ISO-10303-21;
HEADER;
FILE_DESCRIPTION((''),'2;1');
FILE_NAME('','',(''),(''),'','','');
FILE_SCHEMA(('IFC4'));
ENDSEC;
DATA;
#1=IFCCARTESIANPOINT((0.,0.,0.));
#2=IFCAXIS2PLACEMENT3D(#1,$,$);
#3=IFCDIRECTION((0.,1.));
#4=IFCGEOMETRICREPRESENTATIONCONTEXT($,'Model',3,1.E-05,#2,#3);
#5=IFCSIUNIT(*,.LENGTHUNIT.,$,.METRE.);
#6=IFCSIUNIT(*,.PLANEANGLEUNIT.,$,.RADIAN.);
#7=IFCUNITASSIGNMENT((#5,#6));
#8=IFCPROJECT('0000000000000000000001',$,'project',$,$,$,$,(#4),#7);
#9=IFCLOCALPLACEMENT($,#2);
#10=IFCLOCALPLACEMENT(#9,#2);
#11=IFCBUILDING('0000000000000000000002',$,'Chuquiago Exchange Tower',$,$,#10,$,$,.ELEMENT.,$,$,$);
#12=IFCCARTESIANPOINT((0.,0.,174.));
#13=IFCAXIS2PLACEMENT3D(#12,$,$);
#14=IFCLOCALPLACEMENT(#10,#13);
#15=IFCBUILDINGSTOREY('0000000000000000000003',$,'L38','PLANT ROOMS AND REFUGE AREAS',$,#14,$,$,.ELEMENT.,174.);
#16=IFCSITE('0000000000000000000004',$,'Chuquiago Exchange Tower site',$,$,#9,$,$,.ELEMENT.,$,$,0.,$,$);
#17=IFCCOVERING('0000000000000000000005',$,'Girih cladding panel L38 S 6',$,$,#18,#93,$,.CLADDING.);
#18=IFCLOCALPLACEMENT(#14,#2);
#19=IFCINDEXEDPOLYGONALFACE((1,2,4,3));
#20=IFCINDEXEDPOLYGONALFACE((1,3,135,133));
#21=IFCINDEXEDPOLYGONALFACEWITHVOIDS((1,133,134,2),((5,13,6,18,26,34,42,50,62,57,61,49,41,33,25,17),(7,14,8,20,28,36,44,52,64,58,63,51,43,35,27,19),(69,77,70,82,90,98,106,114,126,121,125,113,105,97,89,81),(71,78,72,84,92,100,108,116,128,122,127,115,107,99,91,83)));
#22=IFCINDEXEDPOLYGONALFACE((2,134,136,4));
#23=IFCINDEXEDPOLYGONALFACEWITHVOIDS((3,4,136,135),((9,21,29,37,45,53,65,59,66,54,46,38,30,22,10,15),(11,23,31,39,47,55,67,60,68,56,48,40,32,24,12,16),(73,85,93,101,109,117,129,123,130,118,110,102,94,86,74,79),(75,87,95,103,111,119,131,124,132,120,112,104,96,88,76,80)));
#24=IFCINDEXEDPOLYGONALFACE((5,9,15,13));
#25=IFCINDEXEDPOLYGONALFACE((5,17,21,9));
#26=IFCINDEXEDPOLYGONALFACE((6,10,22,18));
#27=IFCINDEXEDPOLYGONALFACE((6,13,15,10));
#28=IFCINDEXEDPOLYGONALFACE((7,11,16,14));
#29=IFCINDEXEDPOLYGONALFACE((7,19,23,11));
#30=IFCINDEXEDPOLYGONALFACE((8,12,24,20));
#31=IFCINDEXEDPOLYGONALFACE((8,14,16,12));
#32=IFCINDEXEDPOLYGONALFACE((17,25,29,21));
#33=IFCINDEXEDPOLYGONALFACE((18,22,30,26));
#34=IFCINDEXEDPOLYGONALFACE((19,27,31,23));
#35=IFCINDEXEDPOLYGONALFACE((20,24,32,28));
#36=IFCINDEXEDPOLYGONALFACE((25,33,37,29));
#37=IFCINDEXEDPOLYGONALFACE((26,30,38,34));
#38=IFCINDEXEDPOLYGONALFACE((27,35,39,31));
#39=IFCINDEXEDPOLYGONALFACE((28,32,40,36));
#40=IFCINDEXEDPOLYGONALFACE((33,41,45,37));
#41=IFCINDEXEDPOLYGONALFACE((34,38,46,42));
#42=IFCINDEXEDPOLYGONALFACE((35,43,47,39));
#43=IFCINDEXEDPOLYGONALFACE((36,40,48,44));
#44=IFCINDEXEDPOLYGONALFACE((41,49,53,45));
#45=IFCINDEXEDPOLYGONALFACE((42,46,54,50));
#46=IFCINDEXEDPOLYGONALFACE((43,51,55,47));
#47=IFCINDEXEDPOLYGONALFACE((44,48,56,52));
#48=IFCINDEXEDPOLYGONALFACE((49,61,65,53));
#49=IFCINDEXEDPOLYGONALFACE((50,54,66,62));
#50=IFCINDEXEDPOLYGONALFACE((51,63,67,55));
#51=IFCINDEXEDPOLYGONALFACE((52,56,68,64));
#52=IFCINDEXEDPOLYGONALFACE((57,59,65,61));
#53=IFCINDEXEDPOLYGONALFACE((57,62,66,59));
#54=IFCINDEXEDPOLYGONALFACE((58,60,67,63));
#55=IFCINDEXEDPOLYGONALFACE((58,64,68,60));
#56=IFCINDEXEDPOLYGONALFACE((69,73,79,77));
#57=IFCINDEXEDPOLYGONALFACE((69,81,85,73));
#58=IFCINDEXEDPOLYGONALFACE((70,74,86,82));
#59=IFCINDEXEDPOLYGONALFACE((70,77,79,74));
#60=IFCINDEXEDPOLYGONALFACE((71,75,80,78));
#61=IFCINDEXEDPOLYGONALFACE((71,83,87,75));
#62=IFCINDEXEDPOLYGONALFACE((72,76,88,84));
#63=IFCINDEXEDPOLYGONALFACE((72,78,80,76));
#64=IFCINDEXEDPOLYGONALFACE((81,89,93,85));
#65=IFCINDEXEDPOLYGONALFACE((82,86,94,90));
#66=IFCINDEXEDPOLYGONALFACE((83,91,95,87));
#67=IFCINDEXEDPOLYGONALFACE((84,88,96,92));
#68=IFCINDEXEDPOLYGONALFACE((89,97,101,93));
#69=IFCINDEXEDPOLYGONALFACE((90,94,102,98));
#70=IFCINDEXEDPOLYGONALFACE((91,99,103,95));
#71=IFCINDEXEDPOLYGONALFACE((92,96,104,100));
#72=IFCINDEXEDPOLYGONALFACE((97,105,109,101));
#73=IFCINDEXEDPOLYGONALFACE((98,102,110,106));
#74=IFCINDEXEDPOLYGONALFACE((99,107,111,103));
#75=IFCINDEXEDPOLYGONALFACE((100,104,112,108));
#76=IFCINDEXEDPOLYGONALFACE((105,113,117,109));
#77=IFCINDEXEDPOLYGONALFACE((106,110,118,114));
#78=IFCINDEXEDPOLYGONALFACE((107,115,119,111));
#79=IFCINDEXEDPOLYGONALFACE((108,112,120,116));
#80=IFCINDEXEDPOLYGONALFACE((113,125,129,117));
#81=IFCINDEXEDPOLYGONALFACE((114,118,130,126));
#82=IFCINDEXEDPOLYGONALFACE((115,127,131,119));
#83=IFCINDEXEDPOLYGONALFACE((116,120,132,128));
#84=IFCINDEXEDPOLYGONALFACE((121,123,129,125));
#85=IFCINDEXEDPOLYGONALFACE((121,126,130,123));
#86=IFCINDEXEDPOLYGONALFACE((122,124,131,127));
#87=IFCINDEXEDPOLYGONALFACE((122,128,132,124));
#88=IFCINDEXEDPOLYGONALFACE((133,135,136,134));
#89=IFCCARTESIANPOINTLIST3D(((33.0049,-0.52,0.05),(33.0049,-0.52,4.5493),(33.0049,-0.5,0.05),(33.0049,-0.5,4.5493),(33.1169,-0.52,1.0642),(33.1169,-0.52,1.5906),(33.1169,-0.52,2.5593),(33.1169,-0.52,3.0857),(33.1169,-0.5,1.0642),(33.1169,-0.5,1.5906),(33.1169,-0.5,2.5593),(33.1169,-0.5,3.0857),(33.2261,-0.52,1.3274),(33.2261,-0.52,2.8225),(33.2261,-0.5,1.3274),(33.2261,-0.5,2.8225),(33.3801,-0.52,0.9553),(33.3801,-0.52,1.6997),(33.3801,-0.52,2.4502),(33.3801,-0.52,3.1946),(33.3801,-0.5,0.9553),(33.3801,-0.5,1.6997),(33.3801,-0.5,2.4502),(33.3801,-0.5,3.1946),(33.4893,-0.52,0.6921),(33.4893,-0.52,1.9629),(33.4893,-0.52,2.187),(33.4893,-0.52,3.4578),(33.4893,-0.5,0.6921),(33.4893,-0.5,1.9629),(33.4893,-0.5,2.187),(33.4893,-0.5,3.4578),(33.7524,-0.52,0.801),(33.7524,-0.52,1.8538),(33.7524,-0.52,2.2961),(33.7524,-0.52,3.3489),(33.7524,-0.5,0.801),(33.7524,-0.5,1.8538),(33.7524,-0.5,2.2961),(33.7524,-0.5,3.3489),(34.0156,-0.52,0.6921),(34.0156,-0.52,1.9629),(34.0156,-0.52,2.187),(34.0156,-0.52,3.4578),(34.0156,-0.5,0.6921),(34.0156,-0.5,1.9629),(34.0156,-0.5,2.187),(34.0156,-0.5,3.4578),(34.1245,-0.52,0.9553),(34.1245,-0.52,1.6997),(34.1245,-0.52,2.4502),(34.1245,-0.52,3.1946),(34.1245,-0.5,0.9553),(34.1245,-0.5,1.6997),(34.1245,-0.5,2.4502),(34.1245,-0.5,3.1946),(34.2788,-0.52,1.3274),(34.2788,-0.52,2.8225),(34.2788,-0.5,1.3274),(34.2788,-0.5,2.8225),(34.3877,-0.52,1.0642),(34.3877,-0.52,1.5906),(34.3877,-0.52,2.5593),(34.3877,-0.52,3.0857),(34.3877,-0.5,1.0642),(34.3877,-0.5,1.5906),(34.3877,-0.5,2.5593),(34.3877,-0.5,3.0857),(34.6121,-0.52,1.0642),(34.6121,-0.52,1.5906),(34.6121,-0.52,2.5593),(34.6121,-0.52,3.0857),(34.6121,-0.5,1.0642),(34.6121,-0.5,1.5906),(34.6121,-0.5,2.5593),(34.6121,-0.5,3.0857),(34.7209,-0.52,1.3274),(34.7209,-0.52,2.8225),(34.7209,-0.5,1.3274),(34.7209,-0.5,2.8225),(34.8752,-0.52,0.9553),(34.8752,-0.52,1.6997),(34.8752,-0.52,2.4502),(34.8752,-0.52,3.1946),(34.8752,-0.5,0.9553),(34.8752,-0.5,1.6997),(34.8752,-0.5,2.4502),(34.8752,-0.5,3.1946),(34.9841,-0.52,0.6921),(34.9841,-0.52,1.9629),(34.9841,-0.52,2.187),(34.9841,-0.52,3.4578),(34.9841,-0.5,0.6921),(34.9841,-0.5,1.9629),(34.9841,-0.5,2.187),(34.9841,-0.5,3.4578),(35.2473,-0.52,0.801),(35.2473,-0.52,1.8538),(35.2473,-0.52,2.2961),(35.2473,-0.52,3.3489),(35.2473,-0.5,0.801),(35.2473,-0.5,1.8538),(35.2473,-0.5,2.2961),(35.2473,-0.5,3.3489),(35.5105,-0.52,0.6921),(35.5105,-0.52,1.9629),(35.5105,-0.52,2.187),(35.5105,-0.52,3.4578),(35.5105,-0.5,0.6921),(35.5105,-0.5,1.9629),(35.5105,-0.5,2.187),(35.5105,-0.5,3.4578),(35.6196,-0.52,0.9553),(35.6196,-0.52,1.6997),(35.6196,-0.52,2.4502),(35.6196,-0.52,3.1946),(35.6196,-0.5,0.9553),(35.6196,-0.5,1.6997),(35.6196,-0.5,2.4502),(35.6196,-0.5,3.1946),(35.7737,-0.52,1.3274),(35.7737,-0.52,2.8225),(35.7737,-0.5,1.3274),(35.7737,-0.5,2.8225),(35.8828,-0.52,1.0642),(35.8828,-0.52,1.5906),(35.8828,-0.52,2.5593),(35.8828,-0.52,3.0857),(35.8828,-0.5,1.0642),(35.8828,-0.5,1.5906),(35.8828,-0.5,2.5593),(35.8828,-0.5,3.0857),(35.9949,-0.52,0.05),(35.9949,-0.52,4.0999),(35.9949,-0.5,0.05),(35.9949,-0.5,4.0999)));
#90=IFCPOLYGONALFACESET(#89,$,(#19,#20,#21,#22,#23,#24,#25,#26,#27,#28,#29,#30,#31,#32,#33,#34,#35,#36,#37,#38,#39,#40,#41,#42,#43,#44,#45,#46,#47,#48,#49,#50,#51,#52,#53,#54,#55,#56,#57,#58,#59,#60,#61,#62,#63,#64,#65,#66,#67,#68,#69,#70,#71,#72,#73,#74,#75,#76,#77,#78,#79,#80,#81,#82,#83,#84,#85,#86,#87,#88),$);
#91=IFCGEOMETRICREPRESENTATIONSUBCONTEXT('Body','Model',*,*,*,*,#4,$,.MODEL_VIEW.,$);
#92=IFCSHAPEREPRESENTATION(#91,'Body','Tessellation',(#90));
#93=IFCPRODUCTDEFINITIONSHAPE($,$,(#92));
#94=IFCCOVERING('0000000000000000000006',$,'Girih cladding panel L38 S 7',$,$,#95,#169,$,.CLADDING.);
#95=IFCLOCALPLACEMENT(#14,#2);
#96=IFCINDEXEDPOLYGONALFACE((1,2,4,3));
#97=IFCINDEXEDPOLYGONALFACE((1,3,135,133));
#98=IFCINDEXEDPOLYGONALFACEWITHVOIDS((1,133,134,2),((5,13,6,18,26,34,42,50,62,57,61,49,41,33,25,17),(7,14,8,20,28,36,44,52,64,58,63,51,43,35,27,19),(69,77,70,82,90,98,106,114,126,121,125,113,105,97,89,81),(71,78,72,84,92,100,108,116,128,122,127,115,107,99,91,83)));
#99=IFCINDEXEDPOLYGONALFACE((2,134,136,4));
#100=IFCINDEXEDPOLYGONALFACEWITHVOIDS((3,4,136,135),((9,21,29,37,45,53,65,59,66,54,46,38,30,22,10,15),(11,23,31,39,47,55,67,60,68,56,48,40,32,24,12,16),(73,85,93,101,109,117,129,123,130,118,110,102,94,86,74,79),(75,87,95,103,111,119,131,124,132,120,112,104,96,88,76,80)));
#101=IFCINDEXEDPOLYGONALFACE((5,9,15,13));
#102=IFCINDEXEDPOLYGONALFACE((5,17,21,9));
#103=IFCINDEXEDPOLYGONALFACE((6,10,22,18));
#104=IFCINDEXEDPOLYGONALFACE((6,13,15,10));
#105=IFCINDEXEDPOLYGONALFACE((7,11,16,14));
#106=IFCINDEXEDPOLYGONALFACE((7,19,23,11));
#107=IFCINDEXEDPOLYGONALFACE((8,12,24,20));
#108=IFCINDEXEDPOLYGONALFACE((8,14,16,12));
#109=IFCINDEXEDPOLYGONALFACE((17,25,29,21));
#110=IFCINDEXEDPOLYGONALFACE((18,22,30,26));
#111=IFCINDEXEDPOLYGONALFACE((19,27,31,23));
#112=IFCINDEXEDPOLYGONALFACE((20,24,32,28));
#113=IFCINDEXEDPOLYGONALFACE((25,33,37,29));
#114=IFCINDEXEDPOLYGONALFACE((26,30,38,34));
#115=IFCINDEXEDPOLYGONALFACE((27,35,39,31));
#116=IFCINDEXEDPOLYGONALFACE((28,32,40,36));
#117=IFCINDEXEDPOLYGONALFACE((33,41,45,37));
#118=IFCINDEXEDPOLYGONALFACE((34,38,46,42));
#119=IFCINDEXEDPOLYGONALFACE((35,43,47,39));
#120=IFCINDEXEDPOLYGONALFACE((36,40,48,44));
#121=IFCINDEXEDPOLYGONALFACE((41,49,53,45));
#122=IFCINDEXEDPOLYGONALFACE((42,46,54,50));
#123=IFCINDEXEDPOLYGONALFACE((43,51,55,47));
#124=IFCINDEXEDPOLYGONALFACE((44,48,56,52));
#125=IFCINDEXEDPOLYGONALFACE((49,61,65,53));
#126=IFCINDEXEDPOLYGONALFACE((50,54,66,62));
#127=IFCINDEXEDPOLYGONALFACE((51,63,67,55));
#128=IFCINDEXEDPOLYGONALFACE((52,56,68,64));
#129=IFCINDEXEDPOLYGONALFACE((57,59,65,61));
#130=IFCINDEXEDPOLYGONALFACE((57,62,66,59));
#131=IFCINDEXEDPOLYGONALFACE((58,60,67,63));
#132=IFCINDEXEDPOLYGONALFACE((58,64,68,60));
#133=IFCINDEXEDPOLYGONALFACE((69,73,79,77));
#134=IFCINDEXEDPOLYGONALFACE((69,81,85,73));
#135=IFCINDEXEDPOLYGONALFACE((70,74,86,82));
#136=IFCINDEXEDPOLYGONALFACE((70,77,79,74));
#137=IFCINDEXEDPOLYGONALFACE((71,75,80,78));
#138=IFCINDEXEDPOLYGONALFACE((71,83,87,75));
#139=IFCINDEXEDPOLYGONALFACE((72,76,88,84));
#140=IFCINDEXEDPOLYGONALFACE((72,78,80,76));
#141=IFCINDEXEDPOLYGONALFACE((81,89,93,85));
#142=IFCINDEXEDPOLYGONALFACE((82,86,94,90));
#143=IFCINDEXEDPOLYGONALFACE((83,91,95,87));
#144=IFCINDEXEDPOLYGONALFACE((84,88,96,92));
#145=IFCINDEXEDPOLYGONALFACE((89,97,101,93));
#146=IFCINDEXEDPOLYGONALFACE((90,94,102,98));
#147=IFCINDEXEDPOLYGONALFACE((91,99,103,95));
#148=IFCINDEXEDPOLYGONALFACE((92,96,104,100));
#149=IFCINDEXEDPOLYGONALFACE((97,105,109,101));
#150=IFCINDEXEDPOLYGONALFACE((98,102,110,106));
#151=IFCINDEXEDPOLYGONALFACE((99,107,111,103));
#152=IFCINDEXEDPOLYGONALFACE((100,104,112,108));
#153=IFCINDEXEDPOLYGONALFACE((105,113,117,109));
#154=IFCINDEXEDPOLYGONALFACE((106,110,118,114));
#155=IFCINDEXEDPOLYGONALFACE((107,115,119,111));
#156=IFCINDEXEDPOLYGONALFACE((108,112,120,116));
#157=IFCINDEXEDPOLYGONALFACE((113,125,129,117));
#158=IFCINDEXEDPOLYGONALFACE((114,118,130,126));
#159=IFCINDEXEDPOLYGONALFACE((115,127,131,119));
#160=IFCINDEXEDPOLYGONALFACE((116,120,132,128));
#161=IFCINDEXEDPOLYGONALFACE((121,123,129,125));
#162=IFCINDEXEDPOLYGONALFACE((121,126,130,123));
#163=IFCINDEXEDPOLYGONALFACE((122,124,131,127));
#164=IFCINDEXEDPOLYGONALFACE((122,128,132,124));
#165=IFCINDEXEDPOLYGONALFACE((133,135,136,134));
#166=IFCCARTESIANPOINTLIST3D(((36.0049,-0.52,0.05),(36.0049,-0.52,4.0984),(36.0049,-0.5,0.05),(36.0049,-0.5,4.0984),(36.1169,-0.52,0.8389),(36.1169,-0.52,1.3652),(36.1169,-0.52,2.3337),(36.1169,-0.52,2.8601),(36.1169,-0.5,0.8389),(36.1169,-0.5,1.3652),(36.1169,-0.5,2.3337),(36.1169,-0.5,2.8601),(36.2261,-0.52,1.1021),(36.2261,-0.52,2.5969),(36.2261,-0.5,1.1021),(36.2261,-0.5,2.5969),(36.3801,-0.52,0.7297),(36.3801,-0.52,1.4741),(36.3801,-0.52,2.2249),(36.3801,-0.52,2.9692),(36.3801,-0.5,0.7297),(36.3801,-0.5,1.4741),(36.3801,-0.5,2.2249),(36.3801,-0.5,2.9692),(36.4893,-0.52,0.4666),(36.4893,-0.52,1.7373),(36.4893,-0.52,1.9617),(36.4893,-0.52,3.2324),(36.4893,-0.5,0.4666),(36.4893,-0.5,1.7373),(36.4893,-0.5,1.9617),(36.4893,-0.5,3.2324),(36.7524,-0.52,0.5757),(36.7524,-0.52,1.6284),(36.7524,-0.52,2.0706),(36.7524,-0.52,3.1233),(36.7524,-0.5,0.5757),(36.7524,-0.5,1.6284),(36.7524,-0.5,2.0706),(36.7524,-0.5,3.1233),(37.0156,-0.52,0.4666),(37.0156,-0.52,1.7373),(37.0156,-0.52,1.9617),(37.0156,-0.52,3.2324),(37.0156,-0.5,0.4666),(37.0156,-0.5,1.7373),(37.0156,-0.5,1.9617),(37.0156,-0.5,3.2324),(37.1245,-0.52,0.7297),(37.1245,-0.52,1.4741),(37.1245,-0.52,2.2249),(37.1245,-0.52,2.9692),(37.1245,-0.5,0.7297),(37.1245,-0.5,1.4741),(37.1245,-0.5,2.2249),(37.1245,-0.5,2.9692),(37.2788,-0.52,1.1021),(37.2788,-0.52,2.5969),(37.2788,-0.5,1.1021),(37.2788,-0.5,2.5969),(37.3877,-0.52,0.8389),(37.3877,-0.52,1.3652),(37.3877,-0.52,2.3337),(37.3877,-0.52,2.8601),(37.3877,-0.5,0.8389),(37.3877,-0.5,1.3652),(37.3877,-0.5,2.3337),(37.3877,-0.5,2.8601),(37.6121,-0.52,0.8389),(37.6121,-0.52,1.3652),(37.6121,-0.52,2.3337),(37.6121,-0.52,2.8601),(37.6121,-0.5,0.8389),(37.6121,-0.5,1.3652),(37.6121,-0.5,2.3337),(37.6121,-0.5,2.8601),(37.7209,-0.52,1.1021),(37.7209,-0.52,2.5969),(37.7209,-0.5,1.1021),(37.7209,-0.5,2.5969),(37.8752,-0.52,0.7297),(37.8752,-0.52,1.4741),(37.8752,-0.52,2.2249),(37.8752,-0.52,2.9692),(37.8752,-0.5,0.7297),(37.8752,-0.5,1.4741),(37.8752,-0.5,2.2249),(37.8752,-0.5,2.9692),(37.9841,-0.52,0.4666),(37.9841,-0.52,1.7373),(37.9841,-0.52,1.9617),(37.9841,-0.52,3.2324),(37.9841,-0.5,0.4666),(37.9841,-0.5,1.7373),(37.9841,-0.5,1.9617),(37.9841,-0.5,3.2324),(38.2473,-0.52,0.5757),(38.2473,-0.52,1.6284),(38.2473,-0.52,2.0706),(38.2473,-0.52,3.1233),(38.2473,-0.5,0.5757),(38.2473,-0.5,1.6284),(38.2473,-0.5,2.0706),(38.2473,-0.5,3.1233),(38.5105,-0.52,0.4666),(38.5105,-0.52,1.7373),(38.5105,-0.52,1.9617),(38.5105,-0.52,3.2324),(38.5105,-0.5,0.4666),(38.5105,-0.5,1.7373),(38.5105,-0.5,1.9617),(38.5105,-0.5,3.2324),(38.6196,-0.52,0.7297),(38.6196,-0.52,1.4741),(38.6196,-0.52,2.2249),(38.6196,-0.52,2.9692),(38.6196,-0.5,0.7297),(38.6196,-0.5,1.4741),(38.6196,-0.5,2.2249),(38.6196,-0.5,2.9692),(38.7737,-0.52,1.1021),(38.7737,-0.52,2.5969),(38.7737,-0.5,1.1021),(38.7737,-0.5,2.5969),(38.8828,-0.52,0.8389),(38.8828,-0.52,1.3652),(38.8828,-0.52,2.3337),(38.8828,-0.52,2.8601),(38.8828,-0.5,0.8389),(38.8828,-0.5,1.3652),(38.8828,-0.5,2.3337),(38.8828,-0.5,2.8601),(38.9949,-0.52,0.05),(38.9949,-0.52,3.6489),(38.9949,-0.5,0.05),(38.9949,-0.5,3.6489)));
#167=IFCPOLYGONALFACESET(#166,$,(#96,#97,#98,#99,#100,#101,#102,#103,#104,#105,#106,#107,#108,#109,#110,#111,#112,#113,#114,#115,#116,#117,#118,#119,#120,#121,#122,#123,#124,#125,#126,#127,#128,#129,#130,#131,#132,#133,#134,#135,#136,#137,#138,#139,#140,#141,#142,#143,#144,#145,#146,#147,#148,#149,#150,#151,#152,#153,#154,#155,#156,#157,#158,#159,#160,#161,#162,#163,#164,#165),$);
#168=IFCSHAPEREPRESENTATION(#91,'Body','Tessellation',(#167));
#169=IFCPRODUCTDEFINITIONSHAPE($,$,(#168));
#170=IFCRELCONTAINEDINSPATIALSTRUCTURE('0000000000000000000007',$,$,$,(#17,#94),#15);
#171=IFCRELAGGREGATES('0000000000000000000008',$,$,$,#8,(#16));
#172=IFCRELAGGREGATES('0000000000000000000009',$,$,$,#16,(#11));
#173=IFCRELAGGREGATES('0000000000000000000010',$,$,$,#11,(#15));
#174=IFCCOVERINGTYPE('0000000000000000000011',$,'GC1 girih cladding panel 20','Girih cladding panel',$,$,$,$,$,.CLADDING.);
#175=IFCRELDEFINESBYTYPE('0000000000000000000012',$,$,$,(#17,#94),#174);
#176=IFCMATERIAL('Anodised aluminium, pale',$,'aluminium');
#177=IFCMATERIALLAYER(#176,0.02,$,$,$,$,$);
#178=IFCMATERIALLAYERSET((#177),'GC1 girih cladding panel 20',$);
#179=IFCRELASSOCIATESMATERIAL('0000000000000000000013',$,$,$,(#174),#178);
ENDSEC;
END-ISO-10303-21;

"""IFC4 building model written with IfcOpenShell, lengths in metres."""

from ifc_helpers import new_model, si_unit, direction, frame, origin, place, context, subcontext, project, spatial, polyline, outline, extrude, material, layer, layer_set, type_object, element, save


model = new_model("IFC4")

# Units and contexts
model_context = context("Model", 3, precision=1e-05, world=origin(), true_north=direction((0.0, 1.0)))
body_context = subcontext(model_context, "Body", "Model", "MODEL_VIEW")
ifc_project = project(units=[si_unit("LENGTHUNIT", "METRE"), si_unit("PLANEANGLEUNIT", "RADIAN")], contexts=[model_context])

# Site, building, storey
site_placement = place(None, origin())
site = spatial("IfcSite", under=ifc_project, at=site_placement, Name="Chuquiago Exchange Tower site", CompositionType="ELEMENT", RefElevation=0.0)
building_placement = place(site_placement, origin())
building = spatial("IfcBuilding", under=site, at=building_placement, Name="Chuquiago Exchange Tower", CompositionType="ELEMENT")
storey_placement = place(building_placement, frame((0.0, 0.0, 174.0)))
storey = spatial("IfcBuildingStorey", under=building, at=storey_placement, Name="L38", Description="PLANT ROOMS AND REFUGE AREAS", CompositionType="ELEMENT", Elevation=174.0)

# Coverings
ifc_material_1 = material(Name="Anodised aluminium, pale", Category="aluminium")
ifc_layer_1 = layer(ifc_material_1, 0.02)
ifc_layer_set_1 = layer_set([ifc_layer_1], Name="GC1 girih cladding panel 20")
covering_type = type_object("IfcCoveringType", Name="GC1 girih cladding panel 20", Description="Girih cladding panel", PredefinedType="CLADDING", material=ifc_layer_set_1)
covering_1_placement = place(storey_placement, frame((33.0049, -0.5, 0.05), z_axis=(0.0, 0.0, 1.0), x_axis=(1.0, 0.0, 0.0)))
element("IfcCovering", 1, at=covering_1_placement, inside=storey, type_object=covering_type, Name="Girih cladding panel L38 S 6", PredefinedType="CLADDING", context=body_context, shape_type="SweptSolid", body=[
    extrude(outline(polyline([(0.0, 0.0), (2.99, 0.0), (2.99, 4.0498), (0.0, 4.4993), (0.0, 0.0)]), holes=[polyline([(1.2739, 1.2773), (1.3828, 1.5405), (1.1196, 1.6497), (1.0107, 1.9128), (0.7476, 1.8037), (0.4844, 1.9128), (0.3752, 1.6497), (0.1121, 1.5405), (0.2212, 1.2773), (0.1121, 1.0142), (0.3752, 0.9053), (0.4844, 0.6421), (0.7476, 0.751), (1.0107, 0.6421), (1.1196, 0.9053), (1.3828, 1.0142), (1.2739, 1.2773)]), polyline([(2.7688, 1.2773), (2.8779, 1.5405), (2.6147, 1.6497), (2.5056, 1.9128), (2.2424, 1.8037), (1.9792, 1.9128), (1.8704, 1.6497), (1.6072, 1.5405), (1.7161, 1.2773), (1.6072, 1.0142), (1.8704, 0.9053), (1.9792, 0.6421), (2.2424, 0.751), (2.5056, 0.6421), (2.6147, 0.9053), (2.8779, 1.0142), (2.7688, 1.2773)]), polyline([(1.2739, 2.7725), (1.3828, 3.0356), (1.1196, 3.1445), (1.0107, 3.4077), (0.7476, 3.2988), (0.4844, 3.4077), (0.3752, 3.1445), (0.1121, 3.0356), (0.2212, 2.7725), (0.1121, 2.5093), (0.3752, 2.4001), (0.4844, 2.137), (0.7476, 2.2461), (1.0107, 2.137), (1.1196, 2.4001), (1.3828, 2.5093), (1.2739, 2.7725)]), polyline([(2.7688, 2.7725), (2.8779, 3.0356), (2.6147, 3.1445), (2.5056, 3.4077), (2.2424, 3.2988), (1.9792, 3.4077), (1.8704, 3.1445), (1.6072, 3.0356), (1.7161, 2.7725), (1.6072, 2.5093), (1.8704, 2.4001), (1.9792, 2.137), (2.2424, 2.2461), (2.5056, 2.137), (2.6147, 2.4001), (2.8779, 2.5093), (2.7688, 2.7725)])]), frame((0.0, 0.0, 0.0), z_axis=(0.0, -1.0, 0.0), x_axis=(1.0, 0.0, 0.0)), (0.0, 0.0, 1.0), 0.02),
])
covering_2_placement = place(storey_placement, frame((36.0049, -0.5, 0.05), z_axis=(0.0, 0.0, 1.0), x_axis=(1.0, 0.0, 0.0)))
element("IfcCovering", 2, at=covering_2_placement, inside=storey, type_object=covering_type, Name="Girih cladding panel L38 S 7", PredefinedType="CLADDING", context=body_context, shape_type="SweptSolid", body=[
    extrude(outline(polyline([(0.0, 0.0), (2.99, 0.0), (2.99, 3.5989), (0.0, 4.0483), (0.0, 0.0)]), holes=[polyline([(1.2739, 1.052), (1.3828, 1.3152), (1.1196, 1.4241), (1.0107, 1.6873), (0.7476, 1.5784), (0.4844, 1.6873), (0.3752, 1.4241), (0.1121, 1.3152), (0.2212, 1.052), (0.1121, 0.7888), (0.3752, 0.6797), (0.4844, 0.4165), (0.7476, 0.5256), (1.0107, 0.4165), (1.1196, 0.6797), (1.3828, 0.7888), (1.2739, 1.052)]), polyline([(2.7688, 1.052), (2.8779, 1.3152), (2.6147, 1.4241), (2.5056, 1.6873), (2.2424, 1.5784), (1.9792, 1.6873), (1.8704, 1.4241), (1.6072, 1.3152), (1.7161, 1.052), (1.6072, 0.7888), (1.8704, 0.6797), (1.9792, 0.4165), (2.2424, 0.5256), (2.5056, 0.4165), (2.6147, 0.6797), (2.8779, 0.7888), (2.7688, 1.052)]), polyline([(1.2739, 2.5469), (1.3828, 2.8101), (1.1196, 2.9192), (1.0107, 3.1824), (0.7476, 3.0732), (0.4844, 3.1824), (0.3752, 2.9192), (0.1121, 2.8101), (0.2212, 2.5469), (0.1121, 2.2837), (0.3752, 2.1748), (0.4844, 1.9116), (0.7476, 2.0205), (1.0107, 1.9116), (1.1196, 2.1748), (1.3828, 2.2837), (1.2739, 2.5469)]), polyline([(2.7688, 2.5469), (2.8779, 2.8101), (2.6147, 2.9192), (2.5056, 3.1824), (2.2424, 3.0732), (1.9792, 3.1824), (1.8704, 2.9192), (1.6072, 2.8101), (1.7161, 2.5469), (1.6072, 2.2837), (1.8704, 2.1748), (1.9792, 1.9116), (2.2424, 2.0205), (2.5056, 1.9116), (2.6147, 2.1748), (2.8779, 2.2837), (2.7688, 2.5469)])]), frame((0.0, 0.0, 0.0), z_axis=(0.0, -1.0, 0.0), x_axis=(1.0, 0.0, 0.0)), (0.0, 0.0, 1.0), 0.02),
])

save(model, "model.ifc")
